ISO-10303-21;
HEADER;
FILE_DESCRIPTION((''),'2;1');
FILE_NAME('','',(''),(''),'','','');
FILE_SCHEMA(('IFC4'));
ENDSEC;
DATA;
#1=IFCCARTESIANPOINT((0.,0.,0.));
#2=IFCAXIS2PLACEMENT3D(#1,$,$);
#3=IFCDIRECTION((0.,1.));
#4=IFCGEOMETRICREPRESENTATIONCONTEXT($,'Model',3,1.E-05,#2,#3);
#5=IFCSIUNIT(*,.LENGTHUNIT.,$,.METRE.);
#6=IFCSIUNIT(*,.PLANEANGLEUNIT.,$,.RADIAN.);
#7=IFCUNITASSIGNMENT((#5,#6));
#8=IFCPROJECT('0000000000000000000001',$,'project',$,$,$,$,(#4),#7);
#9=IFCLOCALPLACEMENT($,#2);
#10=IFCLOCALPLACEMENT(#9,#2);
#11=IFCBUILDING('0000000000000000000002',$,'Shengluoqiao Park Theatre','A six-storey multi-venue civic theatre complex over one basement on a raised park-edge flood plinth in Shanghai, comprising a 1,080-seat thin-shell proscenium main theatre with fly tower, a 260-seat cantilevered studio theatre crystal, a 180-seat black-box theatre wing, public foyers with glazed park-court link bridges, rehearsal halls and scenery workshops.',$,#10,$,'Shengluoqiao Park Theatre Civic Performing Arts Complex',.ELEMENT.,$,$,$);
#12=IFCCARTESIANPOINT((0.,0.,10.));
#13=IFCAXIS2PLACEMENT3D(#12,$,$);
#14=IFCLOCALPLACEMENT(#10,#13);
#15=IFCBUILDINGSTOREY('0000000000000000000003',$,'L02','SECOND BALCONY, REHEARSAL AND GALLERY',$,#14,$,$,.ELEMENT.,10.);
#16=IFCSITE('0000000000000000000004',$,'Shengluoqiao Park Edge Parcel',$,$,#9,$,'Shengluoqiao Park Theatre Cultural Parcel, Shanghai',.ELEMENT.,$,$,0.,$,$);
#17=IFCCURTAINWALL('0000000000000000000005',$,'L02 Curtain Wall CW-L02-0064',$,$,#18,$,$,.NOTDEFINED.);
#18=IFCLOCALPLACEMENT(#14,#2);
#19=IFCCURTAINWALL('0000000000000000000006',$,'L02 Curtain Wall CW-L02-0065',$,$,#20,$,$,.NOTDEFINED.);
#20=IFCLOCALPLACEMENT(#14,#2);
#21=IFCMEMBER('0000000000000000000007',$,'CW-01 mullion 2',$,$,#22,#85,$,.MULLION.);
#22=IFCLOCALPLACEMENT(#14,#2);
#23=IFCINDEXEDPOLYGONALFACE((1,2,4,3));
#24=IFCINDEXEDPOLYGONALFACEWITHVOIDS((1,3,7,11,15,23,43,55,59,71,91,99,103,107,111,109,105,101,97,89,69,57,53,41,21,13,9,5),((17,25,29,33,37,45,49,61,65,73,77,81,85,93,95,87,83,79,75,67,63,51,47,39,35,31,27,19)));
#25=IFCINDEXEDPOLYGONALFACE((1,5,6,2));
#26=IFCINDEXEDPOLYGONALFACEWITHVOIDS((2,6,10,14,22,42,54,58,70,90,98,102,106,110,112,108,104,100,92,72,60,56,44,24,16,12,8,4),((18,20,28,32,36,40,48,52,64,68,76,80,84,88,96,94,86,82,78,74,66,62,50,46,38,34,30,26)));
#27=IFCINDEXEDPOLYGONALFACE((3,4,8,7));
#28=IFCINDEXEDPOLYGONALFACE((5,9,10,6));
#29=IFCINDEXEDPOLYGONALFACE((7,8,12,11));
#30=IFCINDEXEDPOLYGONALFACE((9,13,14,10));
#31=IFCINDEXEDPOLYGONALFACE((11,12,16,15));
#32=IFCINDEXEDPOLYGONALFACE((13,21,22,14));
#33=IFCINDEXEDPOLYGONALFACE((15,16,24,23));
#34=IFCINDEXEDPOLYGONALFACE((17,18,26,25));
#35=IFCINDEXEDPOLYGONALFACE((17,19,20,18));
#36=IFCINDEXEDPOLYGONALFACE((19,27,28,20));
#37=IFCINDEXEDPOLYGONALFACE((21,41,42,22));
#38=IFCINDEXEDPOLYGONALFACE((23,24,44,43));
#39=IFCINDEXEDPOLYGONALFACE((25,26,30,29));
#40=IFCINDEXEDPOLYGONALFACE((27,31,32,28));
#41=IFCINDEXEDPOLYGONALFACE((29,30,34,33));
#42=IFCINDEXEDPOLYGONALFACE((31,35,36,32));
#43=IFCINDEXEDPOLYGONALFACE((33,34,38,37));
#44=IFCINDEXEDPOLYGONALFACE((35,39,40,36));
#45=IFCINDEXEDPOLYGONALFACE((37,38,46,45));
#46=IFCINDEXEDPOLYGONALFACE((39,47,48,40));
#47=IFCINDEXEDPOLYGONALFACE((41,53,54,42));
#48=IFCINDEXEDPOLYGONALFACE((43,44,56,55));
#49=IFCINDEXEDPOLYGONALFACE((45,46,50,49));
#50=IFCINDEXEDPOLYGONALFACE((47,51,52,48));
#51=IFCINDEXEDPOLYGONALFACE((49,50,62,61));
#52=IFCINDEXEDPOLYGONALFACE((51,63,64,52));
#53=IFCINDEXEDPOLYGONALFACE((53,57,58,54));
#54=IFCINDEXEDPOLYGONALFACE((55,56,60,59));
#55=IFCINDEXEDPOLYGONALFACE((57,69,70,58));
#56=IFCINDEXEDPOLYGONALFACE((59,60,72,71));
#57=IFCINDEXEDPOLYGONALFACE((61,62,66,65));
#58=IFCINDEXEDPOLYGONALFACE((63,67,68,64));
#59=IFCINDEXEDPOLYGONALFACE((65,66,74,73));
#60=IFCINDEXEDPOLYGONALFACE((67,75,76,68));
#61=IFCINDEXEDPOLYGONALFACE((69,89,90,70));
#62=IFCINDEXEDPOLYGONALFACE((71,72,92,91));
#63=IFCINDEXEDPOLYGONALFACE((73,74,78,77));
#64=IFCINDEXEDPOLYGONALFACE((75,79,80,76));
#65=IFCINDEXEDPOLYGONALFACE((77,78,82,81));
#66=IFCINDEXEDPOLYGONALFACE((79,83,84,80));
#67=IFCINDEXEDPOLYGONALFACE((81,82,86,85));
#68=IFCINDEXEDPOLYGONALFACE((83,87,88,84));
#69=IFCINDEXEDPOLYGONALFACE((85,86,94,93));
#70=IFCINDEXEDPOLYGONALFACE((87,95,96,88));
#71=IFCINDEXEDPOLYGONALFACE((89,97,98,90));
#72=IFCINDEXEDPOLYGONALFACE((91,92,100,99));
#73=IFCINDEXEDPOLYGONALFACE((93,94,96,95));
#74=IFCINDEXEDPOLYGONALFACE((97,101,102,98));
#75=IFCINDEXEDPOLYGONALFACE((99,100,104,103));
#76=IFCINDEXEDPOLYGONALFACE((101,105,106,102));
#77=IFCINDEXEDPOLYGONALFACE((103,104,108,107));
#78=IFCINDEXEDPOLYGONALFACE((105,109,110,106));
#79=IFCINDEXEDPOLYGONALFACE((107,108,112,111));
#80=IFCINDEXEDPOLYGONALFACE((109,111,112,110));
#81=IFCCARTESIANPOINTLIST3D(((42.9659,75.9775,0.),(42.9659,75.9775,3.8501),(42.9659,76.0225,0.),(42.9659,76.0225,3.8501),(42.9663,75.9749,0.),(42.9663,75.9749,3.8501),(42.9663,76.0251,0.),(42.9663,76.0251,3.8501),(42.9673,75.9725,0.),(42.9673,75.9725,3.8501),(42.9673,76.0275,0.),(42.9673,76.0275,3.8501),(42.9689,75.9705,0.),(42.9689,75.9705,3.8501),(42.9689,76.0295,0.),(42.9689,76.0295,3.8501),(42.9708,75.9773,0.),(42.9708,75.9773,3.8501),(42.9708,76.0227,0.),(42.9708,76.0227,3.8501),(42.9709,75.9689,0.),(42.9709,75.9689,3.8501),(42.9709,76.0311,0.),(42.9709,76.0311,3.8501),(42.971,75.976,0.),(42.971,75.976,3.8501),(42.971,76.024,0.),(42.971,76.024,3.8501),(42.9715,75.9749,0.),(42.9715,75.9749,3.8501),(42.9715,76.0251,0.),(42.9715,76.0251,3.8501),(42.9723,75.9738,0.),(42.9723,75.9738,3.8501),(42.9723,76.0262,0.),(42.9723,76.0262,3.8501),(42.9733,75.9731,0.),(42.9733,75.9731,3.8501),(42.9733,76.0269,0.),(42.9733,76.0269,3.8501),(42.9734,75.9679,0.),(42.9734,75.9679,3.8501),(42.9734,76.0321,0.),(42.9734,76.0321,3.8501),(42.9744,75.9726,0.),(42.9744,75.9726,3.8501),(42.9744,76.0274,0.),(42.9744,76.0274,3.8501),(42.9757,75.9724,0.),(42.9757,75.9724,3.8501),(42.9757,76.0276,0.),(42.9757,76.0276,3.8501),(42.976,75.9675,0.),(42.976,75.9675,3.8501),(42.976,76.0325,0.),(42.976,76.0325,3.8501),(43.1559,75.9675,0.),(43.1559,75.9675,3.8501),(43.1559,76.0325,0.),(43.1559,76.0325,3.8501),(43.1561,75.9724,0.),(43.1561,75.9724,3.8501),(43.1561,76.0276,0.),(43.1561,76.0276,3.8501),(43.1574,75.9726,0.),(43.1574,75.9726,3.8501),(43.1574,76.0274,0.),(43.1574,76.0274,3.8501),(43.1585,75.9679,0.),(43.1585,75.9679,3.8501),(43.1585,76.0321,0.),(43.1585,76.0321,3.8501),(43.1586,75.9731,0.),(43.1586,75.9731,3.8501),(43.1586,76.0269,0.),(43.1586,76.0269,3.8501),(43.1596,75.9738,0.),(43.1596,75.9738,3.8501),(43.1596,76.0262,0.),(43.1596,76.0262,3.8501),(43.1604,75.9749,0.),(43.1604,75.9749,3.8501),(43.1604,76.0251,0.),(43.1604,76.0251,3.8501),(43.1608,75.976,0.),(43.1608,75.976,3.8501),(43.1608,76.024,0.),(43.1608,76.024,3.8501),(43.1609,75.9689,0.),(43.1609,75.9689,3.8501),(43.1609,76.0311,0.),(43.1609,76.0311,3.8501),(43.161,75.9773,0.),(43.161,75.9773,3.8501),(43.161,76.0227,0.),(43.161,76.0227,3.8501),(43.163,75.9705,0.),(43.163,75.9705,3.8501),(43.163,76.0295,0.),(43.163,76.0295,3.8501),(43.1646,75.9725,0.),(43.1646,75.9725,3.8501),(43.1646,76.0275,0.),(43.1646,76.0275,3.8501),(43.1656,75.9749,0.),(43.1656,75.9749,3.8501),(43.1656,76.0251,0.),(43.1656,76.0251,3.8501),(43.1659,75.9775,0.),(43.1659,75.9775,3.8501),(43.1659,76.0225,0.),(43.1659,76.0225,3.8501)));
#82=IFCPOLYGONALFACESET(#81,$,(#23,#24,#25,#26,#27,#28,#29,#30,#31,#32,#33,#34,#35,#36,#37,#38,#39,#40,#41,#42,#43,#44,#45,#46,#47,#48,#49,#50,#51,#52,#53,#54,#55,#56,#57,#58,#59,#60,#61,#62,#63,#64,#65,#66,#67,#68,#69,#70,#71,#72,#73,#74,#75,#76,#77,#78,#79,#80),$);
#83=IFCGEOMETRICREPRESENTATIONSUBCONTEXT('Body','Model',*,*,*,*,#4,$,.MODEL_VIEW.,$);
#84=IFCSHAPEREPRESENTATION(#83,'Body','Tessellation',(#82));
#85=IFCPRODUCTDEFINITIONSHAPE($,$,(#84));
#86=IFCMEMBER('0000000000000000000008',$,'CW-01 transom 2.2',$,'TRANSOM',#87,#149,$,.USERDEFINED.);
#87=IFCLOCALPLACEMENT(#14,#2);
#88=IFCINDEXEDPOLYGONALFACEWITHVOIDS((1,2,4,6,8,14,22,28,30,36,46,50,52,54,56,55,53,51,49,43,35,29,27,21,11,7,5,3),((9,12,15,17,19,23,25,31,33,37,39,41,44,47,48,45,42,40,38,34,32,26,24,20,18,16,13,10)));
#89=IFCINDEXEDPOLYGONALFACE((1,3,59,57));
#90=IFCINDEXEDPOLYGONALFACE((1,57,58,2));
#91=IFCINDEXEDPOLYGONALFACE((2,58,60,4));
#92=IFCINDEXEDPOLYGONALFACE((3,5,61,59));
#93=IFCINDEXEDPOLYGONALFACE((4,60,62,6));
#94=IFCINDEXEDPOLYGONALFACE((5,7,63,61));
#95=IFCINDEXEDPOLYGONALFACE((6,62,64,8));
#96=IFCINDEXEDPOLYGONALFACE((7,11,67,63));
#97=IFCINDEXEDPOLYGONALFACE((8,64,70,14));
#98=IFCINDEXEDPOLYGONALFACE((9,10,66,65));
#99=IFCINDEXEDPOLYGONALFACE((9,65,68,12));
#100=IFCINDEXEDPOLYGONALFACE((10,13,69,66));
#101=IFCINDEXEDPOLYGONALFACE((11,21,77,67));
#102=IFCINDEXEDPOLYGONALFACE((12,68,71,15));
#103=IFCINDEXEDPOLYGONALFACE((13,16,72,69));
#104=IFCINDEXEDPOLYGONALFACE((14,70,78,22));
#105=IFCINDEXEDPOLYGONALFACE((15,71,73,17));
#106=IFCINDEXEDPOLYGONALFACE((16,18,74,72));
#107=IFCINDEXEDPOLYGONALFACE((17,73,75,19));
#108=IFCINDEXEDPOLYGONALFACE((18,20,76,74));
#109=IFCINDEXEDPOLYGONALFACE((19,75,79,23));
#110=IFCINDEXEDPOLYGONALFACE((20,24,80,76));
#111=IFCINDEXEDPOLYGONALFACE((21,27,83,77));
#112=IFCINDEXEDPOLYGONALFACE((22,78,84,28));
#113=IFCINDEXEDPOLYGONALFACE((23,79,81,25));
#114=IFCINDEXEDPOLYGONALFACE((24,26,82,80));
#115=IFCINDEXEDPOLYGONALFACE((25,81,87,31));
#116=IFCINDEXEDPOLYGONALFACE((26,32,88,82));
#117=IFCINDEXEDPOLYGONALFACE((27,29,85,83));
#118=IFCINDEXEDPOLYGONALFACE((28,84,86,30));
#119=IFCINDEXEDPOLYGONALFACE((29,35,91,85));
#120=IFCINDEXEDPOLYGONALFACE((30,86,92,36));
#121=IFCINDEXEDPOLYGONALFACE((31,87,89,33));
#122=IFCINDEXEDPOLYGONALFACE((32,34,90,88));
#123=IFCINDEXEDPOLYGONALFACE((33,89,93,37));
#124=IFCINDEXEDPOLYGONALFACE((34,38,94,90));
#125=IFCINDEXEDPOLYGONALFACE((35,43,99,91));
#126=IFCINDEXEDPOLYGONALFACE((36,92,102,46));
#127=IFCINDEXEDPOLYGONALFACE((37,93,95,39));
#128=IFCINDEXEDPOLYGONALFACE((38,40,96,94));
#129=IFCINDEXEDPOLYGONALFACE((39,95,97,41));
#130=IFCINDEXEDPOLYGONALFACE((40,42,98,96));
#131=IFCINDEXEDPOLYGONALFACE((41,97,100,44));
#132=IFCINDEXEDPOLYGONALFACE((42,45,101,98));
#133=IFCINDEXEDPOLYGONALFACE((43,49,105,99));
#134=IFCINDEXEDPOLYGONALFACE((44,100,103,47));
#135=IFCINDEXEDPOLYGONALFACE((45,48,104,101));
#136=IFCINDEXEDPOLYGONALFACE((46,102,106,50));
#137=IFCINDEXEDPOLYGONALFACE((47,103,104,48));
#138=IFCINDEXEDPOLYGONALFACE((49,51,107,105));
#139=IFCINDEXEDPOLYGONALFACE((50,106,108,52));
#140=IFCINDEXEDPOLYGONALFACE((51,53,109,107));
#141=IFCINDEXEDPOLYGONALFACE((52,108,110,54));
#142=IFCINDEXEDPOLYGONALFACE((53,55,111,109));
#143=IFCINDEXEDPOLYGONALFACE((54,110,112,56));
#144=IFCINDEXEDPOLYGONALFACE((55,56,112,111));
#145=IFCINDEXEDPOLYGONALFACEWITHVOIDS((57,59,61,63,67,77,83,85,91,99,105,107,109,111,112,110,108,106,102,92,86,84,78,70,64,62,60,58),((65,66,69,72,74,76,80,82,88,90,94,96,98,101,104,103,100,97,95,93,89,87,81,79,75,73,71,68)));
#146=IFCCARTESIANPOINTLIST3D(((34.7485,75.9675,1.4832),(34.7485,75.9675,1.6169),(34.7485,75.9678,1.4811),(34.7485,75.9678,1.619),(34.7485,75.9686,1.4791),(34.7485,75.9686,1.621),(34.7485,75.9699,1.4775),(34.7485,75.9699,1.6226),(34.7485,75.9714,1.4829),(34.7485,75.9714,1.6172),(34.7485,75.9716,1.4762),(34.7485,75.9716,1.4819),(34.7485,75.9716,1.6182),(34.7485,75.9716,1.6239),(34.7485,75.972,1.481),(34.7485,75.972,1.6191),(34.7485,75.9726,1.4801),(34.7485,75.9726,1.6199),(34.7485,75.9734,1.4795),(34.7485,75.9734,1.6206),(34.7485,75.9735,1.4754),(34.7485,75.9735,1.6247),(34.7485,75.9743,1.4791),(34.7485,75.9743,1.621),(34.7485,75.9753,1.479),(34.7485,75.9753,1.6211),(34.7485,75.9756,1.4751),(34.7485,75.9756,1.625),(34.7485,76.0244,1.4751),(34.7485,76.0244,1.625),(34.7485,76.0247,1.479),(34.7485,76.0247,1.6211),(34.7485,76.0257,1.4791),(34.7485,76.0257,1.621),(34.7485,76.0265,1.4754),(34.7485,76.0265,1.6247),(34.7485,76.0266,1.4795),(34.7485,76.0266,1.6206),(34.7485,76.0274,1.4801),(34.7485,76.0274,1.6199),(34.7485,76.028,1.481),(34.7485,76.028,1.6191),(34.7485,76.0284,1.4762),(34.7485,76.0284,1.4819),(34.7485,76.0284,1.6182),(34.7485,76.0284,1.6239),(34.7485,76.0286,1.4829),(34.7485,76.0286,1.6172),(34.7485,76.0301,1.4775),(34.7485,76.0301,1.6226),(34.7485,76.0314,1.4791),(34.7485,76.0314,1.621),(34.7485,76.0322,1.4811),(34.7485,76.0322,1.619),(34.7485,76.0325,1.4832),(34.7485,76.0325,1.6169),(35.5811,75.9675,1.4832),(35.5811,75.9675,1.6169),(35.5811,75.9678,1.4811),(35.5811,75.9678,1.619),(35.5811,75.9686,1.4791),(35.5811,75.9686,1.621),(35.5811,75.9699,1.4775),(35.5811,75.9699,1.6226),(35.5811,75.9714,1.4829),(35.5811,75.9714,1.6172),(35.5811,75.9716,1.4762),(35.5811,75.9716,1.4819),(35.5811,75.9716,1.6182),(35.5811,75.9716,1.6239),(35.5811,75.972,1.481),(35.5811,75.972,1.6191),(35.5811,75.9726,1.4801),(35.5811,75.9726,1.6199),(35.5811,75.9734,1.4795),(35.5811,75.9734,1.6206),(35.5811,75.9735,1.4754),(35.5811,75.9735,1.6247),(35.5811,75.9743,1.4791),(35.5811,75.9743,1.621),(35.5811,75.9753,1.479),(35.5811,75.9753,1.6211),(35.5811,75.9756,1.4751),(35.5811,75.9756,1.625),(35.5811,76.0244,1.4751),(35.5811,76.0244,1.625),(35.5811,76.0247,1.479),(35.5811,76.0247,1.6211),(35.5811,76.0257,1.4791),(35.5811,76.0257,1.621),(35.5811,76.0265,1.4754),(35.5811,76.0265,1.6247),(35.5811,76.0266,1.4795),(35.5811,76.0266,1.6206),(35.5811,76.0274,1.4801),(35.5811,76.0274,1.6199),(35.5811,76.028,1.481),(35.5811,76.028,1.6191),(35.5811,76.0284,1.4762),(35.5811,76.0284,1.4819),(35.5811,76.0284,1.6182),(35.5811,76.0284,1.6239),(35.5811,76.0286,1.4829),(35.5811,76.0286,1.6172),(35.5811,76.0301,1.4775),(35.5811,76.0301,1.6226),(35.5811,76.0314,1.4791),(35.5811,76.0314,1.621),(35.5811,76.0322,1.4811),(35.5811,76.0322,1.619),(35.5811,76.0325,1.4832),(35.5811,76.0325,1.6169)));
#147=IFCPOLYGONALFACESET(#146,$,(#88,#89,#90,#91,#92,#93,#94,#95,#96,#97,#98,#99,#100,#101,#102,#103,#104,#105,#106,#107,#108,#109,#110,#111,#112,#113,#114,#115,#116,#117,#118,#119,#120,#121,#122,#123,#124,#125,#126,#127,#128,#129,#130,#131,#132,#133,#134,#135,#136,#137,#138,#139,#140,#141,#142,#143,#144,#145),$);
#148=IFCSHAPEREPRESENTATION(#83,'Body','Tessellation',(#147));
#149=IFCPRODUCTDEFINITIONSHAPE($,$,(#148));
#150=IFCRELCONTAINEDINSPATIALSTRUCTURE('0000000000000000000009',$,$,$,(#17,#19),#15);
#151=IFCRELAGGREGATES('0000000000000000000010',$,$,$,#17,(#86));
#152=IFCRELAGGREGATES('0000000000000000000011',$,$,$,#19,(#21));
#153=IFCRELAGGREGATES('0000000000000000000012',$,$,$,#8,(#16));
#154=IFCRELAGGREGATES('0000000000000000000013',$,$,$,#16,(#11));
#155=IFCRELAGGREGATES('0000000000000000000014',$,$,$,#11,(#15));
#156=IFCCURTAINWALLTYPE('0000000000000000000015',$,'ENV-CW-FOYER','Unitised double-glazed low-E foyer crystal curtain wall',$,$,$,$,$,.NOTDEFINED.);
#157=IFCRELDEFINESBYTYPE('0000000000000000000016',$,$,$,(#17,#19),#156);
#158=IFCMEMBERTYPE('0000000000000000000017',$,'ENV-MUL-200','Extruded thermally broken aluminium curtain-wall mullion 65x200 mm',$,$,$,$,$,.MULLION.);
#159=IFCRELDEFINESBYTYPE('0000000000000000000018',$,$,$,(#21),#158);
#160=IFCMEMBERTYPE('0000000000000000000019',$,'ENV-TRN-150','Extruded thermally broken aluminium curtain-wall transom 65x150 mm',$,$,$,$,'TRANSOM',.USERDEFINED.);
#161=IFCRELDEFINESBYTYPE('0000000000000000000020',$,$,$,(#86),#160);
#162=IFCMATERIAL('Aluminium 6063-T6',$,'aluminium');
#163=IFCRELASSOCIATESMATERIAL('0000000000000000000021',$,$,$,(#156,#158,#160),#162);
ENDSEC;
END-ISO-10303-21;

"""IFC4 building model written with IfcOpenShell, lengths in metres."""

from ifc_helpers import new_model, si_unit, direction, frame, origin, origin_2d, place, context, subcontext, project, spatial, hollow_rectangle, extrude, material, material_profile, profile_set, type_object, element, aggregate, save


model = new_model("IFC4")

# Units and contexts
model_context = context("Model", 3, precision=1e-05, world=origin(), true_north=direction((0.0, 1.0)))
body_context = subcontext(model_context, "Body", "Model", "MODEL_VIEW")
ifc_project = project(units=[si_unit("LENGTHUNIT", "METRE"), si_unit("PLANEANGLEUNIT", "RADIAN")], contexts=[model_context])

# Site, building, storey
site_placement = place(None, origin())
site = spatial("IfcSite", under=ifc_project, at=site_placement, Name="Shengluoqiao Park Edge Parcel", LongName="Shengluoqiao Park Theatre Cultural Parcel, Shanghai", CompositionType="ELEMENT", RefElevation=0.0)
building_placement = place(site_placement, origin())
building = spatial("IfcBuilding", under=site, at=building_placement, Name="Shengluoqiao Park Theatre", Description="A six-storey multi-venue civic theatre complex over one basement on a raised park-edge flood plinth in Shanghai, comprising a 1,080-seat thin-shell proscenium main theatre with fly tower, a 260-seat cantilevered studio theatre crystal, a 180-seat black-box theatre wing, public foyers with glazed park-court link bridges, rehearsal halls and scenery workshops.", LongName="Shengluoqiao Park Theatre Civic Performing Arts Complex", CompositionType="ELEMENT")
storey_placement = place(building_placement, frame((0.0, 0.0, 10.0)))
storey = spatial("IfcBuildingStorey", under=building, at=storey_placement, Name="L02", Description="SECOND BALCONY, REHEARSAL AND GALLERY", CompositionType="ELEMENT", Elevation=10.0)

# Curtain wall
ifc_material_1 = material(Name="Aluminium 6063-T6", Category="aluminium")
curtain_wall_type = type_object("IfcCurtainWallType", Name="ENV-CW-FOYER", Description="Unitised double-glazed low-E foyer crystal curtain wall", PredefinedType="NOTDEFINED", material=ifc_material_1)
curtain_wall_1_placement = place(storey_placement, origin())
curtain_wall_1 = element("IfcCurtainWall", 1, at=curtain_wall_1_placement, inside=storey, type_object=curtain_wall_type, Name="L02 Curtain Wall CW-L02-0064", PredefinedType="NOTDEFINED")
ifc_material_profile_1 = material_profile(ifc_material_1, hollow_rectangle(XDim=0.0649, YDim=0.2, WallThickness=0.0049, InnerFilletRadius=0.0049, OuterFilletRadius=0.01, at=origin_2d()), Name="ALU MULLION 200x65x5")
ifc_profile_set_1 = profile_set([ifc_material_profile_1], Name="Aluminium 6063-T6")
member_type_1 = type_object("IfcMemberType", Name="ENV-MUL-200", Description="Extruded thermally broken aluminium curtain-wall mullion 65x200 mm", PredefinedType="MULLION", material=ifc_profile_set_1)

# Curtain wall, member
curtain_wall_2_placement = place(storey_placement, origin())
curtain_wall_2 = element("IfcCurtainWall", 2, at=curtain_wall_2_placement, inside=storey, type_object=curtain_wall_type, Name="L02 Curtain Wall CW-L02-0065", PredefinedType="NOTDEFINED")
member_1_placement = place(storey_placement, frame((43.0659, 76.0, 0.0), z_axis=(0.0, 0.0, 1.0), x_axis=(0.0, 1.0, 0.0)))
member_1 = element("IfcMember", 3, at=member_1_placement, type_object=member_type_1, Name="CW-01 mullion 2", PredefinedType="MULLION", context=body_context, shape_type="SweptSolid", body=[
    extrude(hollow_rectangle(XDim=0.0649, YDim=0.2, WallThickness=0.0049, InnerFilletRadius=0.0049, OuterFilletRadius=0.01, at=origin_2d()), origin(), (0.0, 0.0, 1.0), 3.8501),
])

# Member
ifc_material_profile_2 = material_profile(ifc_material_1, hollow_rectangle(XDim=0.0649, YDim=0.1499, WallThickness=0.0039, InnerFilletRadius=0.0039, OuterFilletRadius=0.0081, at=origin_2d()), Name="ALU TRANSOM 150x65x4")
ifc_profile_set_2 = profile_set([ifc_material_profile_2], Name="Aluminium 6063-T6")
member_type_2 = type_object("IfcMemberType", Name="ENV-TRN-150", Description="Extruded thermally broken aluminium curtain-wall transom 65x150 mm", ElementType="TRANSOM", PredefinedType="USERDEFINED", material=ifc_profile_set_2)
member_2_placement = place(storey_placement, frame((34.7485, 76.0, 1.55), z_axis=(1.0, 0.0, 0.0), x_axis=(0.0, 1.0, 0.0)))
member_2 = element("IfcMember", 4, at=member_2_placement, type_object=member_type_2, Name="CW-01 transom 2.2", ObjectType="TRANSOM", PredefinedType="USERDEFINED", context=body_context, shape_type="SweptSolid", body=[
    extrude(hollow_rectangle(XDim=0.0649, YDim=0.1499, WallThickness=0.0039, InnerFilletRadius=0.0039, OuterFilletRadius=0.0081, at=origin_2d()), origin(), (0.0, 0.0, 1.0), 0.8325),
])

aggregate(curtain_wall_1, [member_2])
aggregate(curtain_wall_2, [member_1])

save(model, "model.ifc")
